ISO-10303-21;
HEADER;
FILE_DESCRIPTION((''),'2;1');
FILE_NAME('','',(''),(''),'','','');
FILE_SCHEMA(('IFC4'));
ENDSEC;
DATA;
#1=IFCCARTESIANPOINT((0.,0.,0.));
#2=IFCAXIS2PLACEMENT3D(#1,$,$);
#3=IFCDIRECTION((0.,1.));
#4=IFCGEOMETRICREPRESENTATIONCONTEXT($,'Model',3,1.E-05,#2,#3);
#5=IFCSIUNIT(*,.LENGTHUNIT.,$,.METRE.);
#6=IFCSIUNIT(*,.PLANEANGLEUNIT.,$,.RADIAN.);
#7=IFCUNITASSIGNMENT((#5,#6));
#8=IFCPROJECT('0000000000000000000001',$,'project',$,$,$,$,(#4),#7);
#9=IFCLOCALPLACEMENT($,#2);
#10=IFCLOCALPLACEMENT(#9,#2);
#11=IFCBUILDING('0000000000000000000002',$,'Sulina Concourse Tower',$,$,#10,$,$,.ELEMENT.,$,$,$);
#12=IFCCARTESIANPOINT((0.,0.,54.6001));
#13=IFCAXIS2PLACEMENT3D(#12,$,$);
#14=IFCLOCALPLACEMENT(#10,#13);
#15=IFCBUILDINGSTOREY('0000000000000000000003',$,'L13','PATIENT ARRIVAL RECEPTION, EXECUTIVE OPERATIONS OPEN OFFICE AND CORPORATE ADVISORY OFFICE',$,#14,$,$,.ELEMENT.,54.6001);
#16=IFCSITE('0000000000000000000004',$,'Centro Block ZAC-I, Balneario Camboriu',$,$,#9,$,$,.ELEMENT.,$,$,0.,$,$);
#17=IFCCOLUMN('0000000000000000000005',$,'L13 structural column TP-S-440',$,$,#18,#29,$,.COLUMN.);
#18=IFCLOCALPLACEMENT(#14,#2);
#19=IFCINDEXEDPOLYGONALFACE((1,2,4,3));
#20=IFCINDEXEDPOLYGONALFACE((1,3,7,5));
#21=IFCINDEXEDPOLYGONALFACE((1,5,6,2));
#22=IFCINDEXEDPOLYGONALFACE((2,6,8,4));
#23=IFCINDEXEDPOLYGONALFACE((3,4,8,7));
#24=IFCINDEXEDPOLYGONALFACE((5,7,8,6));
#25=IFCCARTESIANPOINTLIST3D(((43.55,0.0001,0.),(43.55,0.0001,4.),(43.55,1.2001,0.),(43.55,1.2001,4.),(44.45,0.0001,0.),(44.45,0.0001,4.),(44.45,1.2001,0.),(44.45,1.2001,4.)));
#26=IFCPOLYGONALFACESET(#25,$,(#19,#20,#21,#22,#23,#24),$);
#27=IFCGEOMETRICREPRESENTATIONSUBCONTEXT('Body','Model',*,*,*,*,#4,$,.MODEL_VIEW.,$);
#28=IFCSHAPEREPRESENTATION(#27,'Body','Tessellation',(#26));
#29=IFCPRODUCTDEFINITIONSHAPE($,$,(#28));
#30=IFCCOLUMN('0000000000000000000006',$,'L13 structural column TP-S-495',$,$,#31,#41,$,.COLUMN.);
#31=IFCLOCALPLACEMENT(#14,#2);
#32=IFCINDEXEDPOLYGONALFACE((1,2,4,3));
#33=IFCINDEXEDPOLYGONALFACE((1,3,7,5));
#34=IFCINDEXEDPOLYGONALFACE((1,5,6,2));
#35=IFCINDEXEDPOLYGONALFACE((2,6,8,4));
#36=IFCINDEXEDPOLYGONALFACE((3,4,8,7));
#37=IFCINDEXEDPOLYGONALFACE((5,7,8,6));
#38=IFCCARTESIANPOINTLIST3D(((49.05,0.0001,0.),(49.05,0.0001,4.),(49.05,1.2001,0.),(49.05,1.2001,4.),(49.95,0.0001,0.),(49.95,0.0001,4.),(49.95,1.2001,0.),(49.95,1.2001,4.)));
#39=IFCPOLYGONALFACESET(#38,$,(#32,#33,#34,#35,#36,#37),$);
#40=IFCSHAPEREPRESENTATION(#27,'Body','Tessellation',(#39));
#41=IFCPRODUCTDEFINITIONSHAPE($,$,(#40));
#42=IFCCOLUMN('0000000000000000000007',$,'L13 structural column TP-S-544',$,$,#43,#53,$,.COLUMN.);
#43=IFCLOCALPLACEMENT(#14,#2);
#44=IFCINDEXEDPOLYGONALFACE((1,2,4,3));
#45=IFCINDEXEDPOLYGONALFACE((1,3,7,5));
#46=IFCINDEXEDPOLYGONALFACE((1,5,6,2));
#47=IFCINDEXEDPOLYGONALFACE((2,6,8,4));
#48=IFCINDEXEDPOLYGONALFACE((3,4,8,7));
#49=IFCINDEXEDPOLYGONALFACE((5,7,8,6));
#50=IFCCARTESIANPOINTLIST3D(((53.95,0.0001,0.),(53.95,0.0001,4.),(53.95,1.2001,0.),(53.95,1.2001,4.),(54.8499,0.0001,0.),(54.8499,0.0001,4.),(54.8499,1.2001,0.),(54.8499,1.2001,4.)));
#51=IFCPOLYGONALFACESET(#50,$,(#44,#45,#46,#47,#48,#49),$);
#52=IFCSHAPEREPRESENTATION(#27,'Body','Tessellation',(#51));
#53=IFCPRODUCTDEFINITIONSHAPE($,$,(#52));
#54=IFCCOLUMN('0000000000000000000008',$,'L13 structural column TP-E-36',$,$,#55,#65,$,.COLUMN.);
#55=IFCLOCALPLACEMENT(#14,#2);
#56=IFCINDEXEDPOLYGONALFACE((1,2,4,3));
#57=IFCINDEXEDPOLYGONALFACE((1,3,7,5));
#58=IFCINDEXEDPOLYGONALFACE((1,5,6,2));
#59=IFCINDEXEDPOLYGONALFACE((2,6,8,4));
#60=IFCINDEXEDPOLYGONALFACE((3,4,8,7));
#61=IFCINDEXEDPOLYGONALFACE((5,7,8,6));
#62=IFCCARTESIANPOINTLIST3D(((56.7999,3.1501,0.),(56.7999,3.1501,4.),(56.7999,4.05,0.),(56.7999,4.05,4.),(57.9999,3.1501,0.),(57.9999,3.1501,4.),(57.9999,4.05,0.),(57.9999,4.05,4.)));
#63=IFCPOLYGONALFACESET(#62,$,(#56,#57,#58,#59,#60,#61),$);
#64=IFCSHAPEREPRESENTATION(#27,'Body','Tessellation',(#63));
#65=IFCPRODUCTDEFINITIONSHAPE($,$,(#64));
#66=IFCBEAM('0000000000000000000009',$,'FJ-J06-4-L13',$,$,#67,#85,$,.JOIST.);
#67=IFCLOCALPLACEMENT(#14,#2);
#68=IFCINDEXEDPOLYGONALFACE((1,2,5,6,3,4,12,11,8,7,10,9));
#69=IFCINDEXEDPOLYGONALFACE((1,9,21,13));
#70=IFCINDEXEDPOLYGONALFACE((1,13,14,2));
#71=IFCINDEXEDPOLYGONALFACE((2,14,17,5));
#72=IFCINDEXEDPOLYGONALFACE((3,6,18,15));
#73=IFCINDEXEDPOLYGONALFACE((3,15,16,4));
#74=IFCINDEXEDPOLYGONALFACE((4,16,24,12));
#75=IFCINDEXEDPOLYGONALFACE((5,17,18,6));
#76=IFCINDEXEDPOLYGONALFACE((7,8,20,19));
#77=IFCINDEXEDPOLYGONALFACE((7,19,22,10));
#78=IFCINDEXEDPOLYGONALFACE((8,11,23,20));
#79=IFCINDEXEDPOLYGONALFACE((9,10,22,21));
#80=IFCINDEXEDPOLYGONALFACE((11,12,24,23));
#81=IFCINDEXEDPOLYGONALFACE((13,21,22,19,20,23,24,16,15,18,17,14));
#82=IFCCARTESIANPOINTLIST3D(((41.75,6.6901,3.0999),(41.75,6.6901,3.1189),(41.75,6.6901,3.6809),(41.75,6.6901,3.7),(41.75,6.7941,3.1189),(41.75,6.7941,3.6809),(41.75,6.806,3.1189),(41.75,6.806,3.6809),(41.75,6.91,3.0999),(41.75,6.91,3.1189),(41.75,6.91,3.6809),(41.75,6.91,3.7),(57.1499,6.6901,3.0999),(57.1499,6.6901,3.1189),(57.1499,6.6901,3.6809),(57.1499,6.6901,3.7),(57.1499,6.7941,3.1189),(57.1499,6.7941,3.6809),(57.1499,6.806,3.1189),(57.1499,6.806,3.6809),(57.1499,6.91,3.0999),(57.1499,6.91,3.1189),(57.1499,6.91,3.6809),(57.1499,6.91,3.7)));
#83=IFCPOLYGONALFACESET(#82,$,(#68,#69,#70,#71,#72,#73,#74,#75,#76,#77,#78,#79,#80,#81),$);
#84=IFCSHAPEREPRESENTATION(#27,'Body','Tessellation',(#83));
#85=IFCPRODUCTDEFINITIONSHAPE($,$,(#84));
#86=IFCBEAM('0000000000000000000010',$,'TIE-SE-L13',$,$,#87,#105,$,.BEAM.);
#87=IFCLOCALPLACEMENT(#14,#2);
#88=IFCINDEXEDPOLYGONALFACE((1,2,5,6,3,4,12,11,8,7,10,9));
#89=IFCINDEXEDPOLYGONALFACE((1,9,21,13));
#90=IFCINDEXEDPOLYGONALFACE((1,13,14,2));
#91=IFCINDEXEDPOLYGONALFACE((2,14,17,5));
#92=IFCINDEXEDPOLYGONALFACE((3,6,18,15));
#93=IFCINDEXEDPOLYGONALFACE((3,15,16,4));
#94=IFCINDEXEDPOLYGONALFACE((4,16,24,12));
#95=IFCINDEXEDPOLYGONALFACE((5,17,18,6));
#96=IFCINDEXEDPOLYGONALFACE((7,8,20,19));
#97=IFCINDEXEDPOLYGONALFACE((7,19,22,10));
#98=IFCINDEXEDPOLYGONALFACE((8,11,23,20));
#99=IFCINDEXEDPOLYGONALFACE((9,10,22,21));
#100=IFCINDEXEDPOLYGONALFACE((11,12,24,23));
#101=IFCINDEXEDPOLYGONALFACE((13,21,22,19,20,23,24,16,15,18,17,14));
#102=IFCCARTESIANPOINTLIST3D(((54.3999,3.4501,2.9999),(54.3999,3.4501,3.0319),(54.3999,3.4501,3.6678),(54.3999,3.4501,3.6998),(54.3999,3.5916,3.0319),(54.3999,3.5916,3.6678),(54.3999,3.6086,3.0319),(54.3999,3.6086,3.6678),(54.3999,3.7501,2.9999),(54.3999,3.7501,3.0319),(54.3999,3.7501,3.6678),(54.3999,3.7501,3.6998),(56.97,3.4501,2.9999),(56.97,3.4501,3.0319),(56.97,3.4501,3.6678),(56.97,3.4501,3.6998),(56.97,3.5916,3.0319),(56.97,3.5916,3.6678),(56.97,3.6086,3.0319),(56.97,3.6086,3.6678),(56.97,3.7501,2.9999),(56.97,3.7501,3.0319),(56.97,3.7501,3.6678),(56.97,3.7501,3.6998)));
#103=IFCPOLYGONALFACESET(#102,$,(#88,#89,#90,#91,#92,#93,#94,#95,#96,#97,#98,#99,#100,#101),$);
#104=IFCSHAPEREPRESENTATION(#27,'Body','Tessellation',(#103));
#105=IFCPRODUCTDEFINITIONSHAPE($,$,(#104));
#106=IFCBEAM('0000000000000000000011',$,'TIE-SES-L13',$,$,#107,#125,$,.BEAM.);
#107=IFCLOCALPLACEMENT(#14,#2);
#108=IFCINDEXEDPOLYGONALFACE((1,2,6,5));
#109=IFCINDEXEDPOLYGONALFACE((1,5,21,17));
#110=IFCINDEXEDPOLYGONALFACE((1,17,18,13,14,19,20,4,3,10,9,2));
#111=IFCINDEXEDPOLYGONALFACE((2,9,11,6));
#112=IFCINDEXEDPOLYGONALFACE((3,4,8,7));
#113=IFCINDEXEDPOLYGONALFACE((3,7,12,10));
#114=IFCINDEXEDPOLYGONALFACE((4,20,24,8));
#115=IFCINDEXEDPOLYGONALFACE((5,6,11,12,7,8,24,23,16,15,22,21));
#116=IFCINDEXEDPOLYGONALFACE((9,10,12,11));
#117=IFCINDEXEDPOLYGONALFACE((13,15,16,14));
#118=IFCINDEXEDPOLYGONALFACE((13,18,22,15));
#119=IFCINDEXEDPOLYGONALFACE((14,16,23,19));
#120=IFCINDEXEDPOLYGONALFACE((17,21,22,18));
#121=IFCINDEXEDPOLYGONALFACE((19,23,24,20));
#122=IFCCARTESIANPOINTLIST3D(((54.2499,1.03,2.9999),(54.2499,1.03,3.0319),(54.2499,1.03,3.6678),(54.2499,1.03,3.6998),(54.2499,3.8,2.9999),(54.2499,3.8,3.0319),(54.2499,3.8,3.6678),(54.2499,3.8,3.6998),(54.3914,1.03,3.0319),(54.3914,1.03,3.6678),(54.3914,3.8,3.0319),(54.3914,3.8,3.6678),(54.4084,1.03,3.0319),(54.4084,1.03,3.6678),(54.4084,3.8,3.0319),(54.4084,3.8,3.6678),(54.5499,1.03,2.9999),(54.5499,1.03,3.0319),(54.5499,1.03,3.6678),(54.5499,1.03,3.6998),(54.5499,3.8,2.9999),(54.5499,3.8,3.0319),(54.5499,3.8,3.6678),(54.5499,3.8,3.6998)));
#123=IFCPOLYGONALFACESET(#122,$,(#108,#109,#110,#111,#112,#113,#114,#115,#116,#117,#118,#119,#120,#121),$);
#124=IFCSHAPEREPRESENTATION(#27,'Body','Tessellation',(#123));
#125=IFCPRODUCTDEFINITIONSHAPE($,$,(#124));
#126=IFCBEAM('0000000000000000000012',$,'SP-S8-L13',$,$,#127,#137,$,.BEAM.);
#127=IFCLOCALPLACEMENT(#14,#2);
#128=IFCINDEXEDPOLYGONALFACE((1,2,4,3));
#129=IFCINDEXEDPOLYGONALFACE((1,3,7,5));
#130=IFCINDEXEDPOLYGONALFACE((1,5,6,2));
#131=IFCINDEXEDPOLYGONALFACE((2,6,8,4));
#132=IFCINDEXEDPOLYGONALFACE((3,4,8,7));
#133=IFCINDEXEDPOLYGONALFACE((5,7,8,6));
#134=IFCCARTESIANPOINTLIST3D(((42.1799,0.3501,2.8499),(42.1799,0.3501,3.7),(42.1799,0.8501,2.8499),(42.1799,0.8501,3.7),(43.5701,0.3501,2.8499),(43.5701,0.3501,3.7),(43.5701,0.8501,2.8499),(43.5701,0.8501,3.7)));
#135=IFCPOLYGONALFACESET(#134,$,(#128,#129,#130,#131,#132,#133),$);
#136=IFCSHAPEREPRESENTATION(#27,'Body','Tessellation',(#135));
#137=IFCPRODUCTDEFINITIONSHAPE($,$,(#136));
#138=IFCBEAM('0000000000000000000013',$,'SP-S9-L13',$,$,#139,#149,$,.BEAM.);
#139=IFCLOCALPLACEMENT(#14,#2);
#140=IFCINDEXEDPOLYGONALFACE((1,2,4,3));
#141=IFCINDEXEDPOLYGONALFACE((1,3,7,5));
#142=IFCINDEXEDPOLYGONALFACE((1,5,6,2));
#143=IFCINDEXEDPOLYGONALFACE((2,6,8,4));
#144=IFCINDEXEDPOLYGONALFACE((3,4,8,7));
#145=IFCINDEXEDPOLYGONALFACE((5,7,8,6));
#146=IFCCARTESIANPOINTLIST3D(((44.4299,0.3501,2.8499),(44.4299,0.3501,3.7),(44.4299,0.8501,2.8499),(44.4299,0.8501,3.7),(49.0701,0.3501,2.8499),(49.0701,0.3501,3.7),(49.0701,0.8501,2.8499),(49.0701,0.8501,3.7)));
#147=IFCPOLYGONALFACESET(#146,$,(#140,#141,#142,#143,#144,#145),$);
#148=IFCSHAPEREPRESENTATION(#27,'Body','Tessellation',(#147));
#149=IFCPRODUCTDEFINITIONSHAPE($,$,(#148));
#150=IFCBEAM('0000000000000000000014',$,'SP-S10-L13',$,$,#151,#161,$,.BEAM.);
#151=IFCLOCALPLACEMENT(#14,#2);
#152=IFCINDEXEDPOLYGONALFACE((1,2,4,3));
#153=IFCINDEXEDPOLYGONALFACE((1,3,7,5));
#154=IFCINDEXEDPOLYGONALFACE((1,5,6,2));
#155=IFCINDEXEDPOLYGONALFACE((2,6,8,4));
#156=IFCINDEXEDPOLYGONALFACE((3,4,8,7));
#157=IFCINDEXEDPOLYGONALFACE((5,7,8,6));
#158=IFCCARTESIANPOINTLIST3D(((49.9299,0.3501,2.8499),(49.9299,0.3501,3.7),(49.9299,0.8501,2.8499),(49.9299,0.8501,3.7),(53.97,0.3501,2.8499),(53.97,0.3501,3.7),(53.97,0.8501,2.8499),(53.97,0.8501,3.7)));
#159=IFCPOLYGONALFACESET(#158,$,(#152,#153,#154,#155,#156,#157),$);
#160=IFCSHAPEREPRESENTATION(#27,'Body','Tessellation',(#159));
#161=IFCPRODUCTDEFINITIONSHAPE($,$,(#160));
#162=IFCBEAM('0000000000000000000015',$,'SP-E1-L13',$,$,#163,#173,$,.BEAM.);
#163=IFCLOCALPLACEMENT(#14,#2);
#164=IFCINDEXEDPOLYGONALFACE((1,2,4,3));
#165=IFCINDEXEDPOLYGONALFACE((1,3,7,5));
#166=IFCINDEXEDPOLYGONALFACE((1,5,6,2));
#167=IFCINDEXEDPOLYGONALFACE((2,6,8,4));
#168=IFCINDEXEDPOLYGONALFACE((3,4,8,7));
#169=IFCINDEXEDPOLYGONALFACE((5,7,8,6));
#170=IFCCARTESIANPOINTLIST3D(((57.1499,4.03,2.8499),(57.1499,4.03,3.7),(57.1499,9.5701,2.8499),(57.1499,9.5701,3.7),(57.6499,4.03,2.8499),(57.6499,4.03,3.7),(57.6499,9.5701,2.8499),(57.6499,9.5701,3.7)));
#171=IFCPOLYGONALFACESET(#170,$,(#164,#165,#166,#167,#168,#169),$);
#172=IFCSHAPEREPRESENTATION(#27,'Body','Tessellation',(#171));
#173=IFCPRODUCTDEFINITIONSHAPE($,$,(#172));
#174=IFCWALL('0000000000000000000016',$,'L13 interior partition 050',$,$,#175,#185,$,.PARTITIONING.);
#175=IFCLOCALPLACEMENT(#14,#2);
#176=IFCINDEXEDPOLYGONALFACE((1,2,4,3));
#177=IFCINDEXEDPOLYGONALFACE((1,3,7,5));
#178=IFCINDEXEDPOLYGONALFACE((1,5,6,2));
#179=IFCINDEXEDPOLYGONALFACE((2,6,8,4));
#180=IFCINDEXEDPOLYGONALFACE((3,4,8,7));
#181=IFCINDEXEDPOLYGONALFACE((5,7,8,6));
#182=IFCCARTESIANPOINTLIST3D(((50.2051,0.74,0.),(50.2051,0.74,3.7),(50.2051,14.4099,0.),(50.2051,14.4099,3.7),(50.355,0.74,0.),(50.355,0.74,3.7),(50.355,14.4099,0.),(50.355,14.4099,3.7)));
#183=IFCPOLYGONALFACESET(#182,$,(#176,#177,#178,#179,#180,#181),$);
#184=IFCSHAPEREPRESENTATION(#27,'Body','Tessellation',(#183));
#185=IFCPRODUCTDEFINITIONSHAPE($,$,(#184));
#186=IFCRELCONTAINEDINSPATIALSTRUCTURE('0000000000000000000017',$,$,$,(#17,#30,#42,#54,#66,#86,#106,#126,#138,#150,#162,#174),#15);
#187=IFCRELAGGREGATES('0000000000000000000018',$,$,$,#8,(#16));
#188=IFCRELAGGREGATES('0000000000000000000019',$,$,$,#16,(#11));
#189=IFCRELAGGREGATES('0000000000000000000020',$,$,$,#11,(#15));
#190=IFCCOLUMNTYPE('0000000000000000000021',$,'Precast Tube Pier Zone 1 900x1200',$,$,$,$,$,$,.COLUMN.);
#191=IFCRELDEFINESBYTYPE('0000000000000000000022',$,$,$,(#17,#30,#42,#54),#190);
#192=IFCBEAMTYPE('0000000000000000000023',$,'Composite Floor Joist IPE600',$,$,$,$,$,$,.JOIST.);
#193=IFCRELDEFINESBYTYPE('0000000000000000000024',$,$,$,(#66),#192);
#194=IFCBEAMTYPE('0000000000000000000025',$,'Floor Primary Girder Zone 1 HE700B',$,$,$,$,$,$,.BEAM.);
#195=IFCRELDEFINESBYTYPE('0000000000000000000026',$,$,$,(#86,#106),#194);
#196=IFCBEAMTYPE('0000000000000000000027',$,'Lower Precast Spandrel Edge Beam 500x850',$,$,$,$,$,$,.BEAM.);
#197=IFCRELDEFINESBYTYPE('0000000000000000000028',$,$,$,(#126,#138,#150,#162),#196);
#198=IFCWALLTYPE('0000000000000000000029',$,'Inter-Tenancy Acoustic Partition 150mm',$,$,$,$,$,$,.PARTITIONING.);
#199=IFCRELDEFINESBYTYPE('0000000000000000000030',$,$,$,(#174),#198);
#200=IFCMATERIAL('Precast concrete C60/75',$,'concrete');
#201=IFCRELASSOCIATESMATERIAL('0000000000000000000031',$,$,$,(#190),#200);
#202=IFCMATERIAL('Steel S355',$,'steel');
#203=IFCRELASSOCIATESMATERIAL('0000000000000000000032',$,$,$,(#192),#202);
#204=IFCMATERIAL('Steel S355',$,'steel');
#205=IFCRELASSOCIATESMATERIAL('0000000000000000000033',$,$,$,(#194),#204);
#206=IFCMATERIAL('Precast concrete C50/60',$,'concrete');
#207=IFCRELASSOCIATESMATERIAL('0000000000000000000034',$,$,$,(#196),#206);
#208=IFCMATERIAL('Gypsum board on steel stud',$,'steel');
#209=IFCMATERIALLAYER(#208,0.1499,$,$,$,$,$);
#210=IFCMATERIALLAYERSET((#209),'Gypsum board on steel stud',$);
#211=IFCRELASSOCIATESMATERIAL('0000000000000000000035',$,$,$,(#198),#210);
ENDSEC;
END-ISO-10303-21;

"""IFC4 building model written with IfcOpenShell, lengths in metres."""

from ifc_helpers import new_model, si_unit, direction, frame, frame_2d, origin, origin_2d, place, context, subcontext, project, spatial, rectangle, i_section, extrude, material, layer, layer_set, material_profile, profile_set, type_object, element, save


model = new_model("IFC4")

# Units and contexts
model_context = context("Model", 3, precision=1e-05, world=origin(), true_north=direction((0.0, 1.0)))
body_context = subcontext(model_context, "Body", "Model", "MODEL_VIEW")
ifc_project = project(units=[si_unit("LENGTHUNIT", "METRE"), si_unit("PLANEANGLEUNIT", "RADIAN")], contexts=[model_context])

# Site, building, storey
site_placement = place(None, origin())
site = spatial("IfcSite", under=ifc_project, at=site_placement, Name="Centro Block ZAC-I, Balneario Camboriu", CompositionType="ELEMENT", RefElevation=0.0)
building_placement = place(site_placement, origin())
building = spatial("IfcBuilding", under=site, at=building_placement, Name="Sulina Concourse Tower", CompositionType="ELEMENT")
storey_placement = place(building_placement, frame((0.0, 0.0, 54.6001)))
storey = spatial("IfcBuildingStorey", under=building, at=storey_placement, Name="L13", Description="PATIENT ARRIVAL RECEPTION, EXECUTIVE OPERATIONS OPEN OFFICE AND CORPORATE ADVISORY OFFICE", CompositionType="ELEMENT", Elevation=54.6001)

# Columns
ifc_material_1 = material(Name="Precast concrete C60/75", Category="concrete")
ifc_material_profile_1 = material_profile(ifc_material_1, rectangle(XDim=0.8999, YDim=1.2, at=origin_2d()), Name="PC 900x1200")
ifc_profile_set_1 = profile_set([ifc_material_profile_1], Name="Precast concrete C60/75")
column_type = type_object("IfcColumnType", Name="Precast Tube Pier Zone 1 900x1200", PredefinedType="COLUMN", material=ifc_profile_set_1)
for number, where, z_axis, x_axis, name in (
    (1, (44.0, 0.6001, 0.0), (0.0, 0.0, 1.0), (1.0, 0.0, 0.0), "L13 structural column TP-S-440"),
    (2, (49.5, 0.6001, 0.0), (0.0, 0.0, 1.0), (1.0, 0.0, 0.0), "L13 structural column TP-S-495"),
    (3, (54.3999, 0.6001, 0.0), (0.0, 0.0, 1.0), (1.0, 0.0, 0.0), "L13 structural column TP-S-544"),
    (4, (57.3999, 3.6001, 0.0), (0.0, 0.0, 1.0), (0.0, 1.0, 0.0), "L13 structural column TP-E-36"),
):
    element("IfcColumn", number, at=place(storey_placement, frame(where, z_axis=z_axis, x_axis=x_axis)), inside=storey, type_object=column_type, Name=name, PredefinedType="COLUMN", context=body_context, shape_type="SweptSolid", body=[
        extrude(rectangle(XDim=0.8999, YDim=1.2, at=origin_2d()), origin(), (0.0, 0.0, 1.0), 4.0),
    ])

# Beams
ifc_material_2 = material(Name="Steel S355", Category="steel")
ifc_material_profile_2 = material_profile(ifc_material_2, i_section(OverallWidth=0.22, OverallDepth=0.6001, WebThickness=0.012, FlangeThickness=0.019, at=origin_2d()), Name="IPE 600")
ifc_profile_set_2 = profile_set([ifc_material_profile_2], Name="Steel S355")
beam_type_1 = type_object("IfcBeamType", Name="Composite Floor Joist IPE600", PredefinedType="JOIST", material=ifc_profile_set_2)
beam_1_placement = place(storey_placement, frame((41.75, 6.8, 3.3999), z_axis=(1.0, 0.0, 0.0), x_axis=(0.0, 1.0, 0.0)))
element("IfcBeam", 5, at=beam_1_placement, inside=storey, type_object=beam_type_1, Name="FJ-J06-4-L13", PredefinedType="JOIST", context=body_context, shape_type="SweptSolid", body=[
    extrude(i_section(OverallWidth=0.22, OverallDepth=0.6001, WebThickness=0.012, FlangeThickness=0.019, at=origin_2d()), origin(), (0.0, 0.0, 1.0), 15.3999),
])
ifc_material_3 = material(Name="Steel S355", Category="steel")
ifc_material_profile_3 = material_profile(ifc_material_3, i_section(OverallWidth=0.3, OverallDepth=0.7, WebThickness=0.0171, FlangeThickness=0.032, at=origin_2d()), Name="HE 700 B")
ifc_profile_set_3 = profile_set([ifc_material_profile_3], Name="Steel S355")
beam_type_2 = type_object("IfcBeamType", Name="Floor Primary Girder Zone 1 HE700B", PredefinedType="BEAM", material=ifc_profile_set_3)
beam_2_placement = place(storey_placement, frame((54.3999, 3.6001, 3.3499), z_axis=(1.0, 0.0, 0.0), x_axis=(0.0, 1.0, 0.0)))
element("IfcBeam", 6, at=beam_2_placement, inside=storey, type_object=beam_type_2, Name="TIE-SE-L13", PredefinedType="BEAM", context=body_context, shape_type="SweptSolid", body=[
    extrude(i_section(OverallWidth=0.3, OverallDepth=0.7, WebThickness=0.0171, FlangeThickness=0.032, at=origin_2d()), origin(), (0.0, 0.0, 1.0), 2.5701),
])
beam_3_placement = place(storey_placement, frame((54.3999, 1.03, 3.3499), z_axis=(0.0, 1.0, 0.0), x_axis=(-1.0, 0.0, 0.0)))
element("IfcBeam", 7, at=beam_3_placement, inside=storey, type_object=beam_type_2, Name="TIE-SES-L13", PredefinedType="BEAM", context=body_context, shape_type="SweptSolid", body=[
    extrude(i_section(OverallWidth=0.3, OverallDepth=0.7, WebThickness=0.0171, FlangeThickness=0.032, at=origin_2d()), origin(), (0.0, 0.0, 1.0), 2.77),
])
ifc_material_4 = material(Name="Precast concrete C50/60", Category="concrete")
ifc_material_profile_4 = material_profile(ifc_material_4, rectangle(XDim=0.5, YDim=0.8501, at=origin_2d()), Name="RC 500x850")
ifc_profile_set_4 = profile_set([ifc_material_profile_4], Name="Precast concrete C50/60")
beam_type_3 = type_object("IfcBeamType", Name="Lower Precast Spandrel Edge Beam 500x850", PredefinedType="BEAM", material=ifc_profile_set_4)
beam_4_placement = place(storey_placement, frame((42.1799, 0.6001, 3.2749), z_axis=(1.0, 0.0, 0.0), x_axis=(0.0, 1.0, 0.0)))
element("IfcBeam", 8, at=beam_4_placement, inside=storey, type_object=beam_type_3, Name="SP-S8-L13", PredefinedType="BEAM", context=body_context, shape_type="SweptSolid", body=[
    extrude(rectangle(XDim=0.5, YDim=0.8501, at=origin_2d()), origin(), (0.0, 0.0, 1.0), 1.3901),
])
beam_5_placement = place(storey_placement, frame((44.4299, 0.6001, 3.2749), z_axis=(1.0, 0.0, 0.0), x_axis=(0.0, 1.0, 0.0)))
element("IfcBeam", 9, at=beam_5_placement, inside=storey, type_object=beam_type_3, Name="SP-S9-L13", PredefinedType="BEAM", context=body_context, shape_type="SweptSolid", body=[
    extrude(rectangle(XDim=0.5, YDim=0.8501, at=origin_2d()), origin(), (0.0, 0.0, 1.0), 4.6401),
])
beam_6_placement = place(storey_placement, frame((49.9299, 0.6001, 3.2749), z_axis=(1.0, 0.0, 0.0), x_axis=(0.0, 1.0, 0.0)))
element("IfcBeam", 10, at=beam_6_placement, inside=storey, type_object=beam_type_3, Name="SP-S10-L13", PredefinedType="BEAM", context=body_context, shape_type="SweptSolid", body=[
    extrude(rectangle(XDim=0.5, YDim=0.8501, at=origin_2d()), origin(), (0.0, 0.0, 1.0), 4.04),
])
beam_7_placement = place(storey_placement, frame((57.3999, 4.03, 3.2749), z_axis=(0.0, 1.0, 0.0), x_axis=(-1.0, 0.0, 0.0)))
element("IfcBeam", 11, at=beam_7_placement, inside=storey, type_object=beam_type_3, Name="SP-E1-L13", PredefinedType="BEAM", context=body_context, shape_type="SweptSolid", body=[
    extrude(rectangle(XDim=0.5, YDim=0.8501, at=origin_2d()), origin(), (0.0, 0.0, 1.0), 5.54),
])

# Wall
ifc_material_5 = material(Name="Gypsum board on steel stud", Category="steel")
ifc_layer_1 = layer(ifc_material_5, 0.1499)
ifc_layer_set_1 = layer_set([ifc_layer_1], Name="Gypsum board on steel stud")
wall_type_1 = type_object("IfcWallType", Name="Inter-Tenancy Acoustic Partition 150mm", PredefinedType="PARTITIONING", material=ifc_layer_set_1)
wall_1_placement = place(storey_placement, frame((50.28, 0.74, 0.0), z_axis=(0.0, 0.0, 1.0), x_axis=(0.0, 1.0, 0.0)))
element("IfcWall", 12, at=wall_1_placement, inside=storey, type_object=wall_type_1, Name="L13 interior partition 050", PredefinedType="PARTITIONING", context=body_context, shape_type="SweptSolid", body=[
    extrude(rectangle(XDim=13.6699, YDim=0.1499, at=frame_2d((6.835, 0.0))), origin(), (0.0, 0.0, 1.0), 3.7),
])

save(model, "model.ifc")
